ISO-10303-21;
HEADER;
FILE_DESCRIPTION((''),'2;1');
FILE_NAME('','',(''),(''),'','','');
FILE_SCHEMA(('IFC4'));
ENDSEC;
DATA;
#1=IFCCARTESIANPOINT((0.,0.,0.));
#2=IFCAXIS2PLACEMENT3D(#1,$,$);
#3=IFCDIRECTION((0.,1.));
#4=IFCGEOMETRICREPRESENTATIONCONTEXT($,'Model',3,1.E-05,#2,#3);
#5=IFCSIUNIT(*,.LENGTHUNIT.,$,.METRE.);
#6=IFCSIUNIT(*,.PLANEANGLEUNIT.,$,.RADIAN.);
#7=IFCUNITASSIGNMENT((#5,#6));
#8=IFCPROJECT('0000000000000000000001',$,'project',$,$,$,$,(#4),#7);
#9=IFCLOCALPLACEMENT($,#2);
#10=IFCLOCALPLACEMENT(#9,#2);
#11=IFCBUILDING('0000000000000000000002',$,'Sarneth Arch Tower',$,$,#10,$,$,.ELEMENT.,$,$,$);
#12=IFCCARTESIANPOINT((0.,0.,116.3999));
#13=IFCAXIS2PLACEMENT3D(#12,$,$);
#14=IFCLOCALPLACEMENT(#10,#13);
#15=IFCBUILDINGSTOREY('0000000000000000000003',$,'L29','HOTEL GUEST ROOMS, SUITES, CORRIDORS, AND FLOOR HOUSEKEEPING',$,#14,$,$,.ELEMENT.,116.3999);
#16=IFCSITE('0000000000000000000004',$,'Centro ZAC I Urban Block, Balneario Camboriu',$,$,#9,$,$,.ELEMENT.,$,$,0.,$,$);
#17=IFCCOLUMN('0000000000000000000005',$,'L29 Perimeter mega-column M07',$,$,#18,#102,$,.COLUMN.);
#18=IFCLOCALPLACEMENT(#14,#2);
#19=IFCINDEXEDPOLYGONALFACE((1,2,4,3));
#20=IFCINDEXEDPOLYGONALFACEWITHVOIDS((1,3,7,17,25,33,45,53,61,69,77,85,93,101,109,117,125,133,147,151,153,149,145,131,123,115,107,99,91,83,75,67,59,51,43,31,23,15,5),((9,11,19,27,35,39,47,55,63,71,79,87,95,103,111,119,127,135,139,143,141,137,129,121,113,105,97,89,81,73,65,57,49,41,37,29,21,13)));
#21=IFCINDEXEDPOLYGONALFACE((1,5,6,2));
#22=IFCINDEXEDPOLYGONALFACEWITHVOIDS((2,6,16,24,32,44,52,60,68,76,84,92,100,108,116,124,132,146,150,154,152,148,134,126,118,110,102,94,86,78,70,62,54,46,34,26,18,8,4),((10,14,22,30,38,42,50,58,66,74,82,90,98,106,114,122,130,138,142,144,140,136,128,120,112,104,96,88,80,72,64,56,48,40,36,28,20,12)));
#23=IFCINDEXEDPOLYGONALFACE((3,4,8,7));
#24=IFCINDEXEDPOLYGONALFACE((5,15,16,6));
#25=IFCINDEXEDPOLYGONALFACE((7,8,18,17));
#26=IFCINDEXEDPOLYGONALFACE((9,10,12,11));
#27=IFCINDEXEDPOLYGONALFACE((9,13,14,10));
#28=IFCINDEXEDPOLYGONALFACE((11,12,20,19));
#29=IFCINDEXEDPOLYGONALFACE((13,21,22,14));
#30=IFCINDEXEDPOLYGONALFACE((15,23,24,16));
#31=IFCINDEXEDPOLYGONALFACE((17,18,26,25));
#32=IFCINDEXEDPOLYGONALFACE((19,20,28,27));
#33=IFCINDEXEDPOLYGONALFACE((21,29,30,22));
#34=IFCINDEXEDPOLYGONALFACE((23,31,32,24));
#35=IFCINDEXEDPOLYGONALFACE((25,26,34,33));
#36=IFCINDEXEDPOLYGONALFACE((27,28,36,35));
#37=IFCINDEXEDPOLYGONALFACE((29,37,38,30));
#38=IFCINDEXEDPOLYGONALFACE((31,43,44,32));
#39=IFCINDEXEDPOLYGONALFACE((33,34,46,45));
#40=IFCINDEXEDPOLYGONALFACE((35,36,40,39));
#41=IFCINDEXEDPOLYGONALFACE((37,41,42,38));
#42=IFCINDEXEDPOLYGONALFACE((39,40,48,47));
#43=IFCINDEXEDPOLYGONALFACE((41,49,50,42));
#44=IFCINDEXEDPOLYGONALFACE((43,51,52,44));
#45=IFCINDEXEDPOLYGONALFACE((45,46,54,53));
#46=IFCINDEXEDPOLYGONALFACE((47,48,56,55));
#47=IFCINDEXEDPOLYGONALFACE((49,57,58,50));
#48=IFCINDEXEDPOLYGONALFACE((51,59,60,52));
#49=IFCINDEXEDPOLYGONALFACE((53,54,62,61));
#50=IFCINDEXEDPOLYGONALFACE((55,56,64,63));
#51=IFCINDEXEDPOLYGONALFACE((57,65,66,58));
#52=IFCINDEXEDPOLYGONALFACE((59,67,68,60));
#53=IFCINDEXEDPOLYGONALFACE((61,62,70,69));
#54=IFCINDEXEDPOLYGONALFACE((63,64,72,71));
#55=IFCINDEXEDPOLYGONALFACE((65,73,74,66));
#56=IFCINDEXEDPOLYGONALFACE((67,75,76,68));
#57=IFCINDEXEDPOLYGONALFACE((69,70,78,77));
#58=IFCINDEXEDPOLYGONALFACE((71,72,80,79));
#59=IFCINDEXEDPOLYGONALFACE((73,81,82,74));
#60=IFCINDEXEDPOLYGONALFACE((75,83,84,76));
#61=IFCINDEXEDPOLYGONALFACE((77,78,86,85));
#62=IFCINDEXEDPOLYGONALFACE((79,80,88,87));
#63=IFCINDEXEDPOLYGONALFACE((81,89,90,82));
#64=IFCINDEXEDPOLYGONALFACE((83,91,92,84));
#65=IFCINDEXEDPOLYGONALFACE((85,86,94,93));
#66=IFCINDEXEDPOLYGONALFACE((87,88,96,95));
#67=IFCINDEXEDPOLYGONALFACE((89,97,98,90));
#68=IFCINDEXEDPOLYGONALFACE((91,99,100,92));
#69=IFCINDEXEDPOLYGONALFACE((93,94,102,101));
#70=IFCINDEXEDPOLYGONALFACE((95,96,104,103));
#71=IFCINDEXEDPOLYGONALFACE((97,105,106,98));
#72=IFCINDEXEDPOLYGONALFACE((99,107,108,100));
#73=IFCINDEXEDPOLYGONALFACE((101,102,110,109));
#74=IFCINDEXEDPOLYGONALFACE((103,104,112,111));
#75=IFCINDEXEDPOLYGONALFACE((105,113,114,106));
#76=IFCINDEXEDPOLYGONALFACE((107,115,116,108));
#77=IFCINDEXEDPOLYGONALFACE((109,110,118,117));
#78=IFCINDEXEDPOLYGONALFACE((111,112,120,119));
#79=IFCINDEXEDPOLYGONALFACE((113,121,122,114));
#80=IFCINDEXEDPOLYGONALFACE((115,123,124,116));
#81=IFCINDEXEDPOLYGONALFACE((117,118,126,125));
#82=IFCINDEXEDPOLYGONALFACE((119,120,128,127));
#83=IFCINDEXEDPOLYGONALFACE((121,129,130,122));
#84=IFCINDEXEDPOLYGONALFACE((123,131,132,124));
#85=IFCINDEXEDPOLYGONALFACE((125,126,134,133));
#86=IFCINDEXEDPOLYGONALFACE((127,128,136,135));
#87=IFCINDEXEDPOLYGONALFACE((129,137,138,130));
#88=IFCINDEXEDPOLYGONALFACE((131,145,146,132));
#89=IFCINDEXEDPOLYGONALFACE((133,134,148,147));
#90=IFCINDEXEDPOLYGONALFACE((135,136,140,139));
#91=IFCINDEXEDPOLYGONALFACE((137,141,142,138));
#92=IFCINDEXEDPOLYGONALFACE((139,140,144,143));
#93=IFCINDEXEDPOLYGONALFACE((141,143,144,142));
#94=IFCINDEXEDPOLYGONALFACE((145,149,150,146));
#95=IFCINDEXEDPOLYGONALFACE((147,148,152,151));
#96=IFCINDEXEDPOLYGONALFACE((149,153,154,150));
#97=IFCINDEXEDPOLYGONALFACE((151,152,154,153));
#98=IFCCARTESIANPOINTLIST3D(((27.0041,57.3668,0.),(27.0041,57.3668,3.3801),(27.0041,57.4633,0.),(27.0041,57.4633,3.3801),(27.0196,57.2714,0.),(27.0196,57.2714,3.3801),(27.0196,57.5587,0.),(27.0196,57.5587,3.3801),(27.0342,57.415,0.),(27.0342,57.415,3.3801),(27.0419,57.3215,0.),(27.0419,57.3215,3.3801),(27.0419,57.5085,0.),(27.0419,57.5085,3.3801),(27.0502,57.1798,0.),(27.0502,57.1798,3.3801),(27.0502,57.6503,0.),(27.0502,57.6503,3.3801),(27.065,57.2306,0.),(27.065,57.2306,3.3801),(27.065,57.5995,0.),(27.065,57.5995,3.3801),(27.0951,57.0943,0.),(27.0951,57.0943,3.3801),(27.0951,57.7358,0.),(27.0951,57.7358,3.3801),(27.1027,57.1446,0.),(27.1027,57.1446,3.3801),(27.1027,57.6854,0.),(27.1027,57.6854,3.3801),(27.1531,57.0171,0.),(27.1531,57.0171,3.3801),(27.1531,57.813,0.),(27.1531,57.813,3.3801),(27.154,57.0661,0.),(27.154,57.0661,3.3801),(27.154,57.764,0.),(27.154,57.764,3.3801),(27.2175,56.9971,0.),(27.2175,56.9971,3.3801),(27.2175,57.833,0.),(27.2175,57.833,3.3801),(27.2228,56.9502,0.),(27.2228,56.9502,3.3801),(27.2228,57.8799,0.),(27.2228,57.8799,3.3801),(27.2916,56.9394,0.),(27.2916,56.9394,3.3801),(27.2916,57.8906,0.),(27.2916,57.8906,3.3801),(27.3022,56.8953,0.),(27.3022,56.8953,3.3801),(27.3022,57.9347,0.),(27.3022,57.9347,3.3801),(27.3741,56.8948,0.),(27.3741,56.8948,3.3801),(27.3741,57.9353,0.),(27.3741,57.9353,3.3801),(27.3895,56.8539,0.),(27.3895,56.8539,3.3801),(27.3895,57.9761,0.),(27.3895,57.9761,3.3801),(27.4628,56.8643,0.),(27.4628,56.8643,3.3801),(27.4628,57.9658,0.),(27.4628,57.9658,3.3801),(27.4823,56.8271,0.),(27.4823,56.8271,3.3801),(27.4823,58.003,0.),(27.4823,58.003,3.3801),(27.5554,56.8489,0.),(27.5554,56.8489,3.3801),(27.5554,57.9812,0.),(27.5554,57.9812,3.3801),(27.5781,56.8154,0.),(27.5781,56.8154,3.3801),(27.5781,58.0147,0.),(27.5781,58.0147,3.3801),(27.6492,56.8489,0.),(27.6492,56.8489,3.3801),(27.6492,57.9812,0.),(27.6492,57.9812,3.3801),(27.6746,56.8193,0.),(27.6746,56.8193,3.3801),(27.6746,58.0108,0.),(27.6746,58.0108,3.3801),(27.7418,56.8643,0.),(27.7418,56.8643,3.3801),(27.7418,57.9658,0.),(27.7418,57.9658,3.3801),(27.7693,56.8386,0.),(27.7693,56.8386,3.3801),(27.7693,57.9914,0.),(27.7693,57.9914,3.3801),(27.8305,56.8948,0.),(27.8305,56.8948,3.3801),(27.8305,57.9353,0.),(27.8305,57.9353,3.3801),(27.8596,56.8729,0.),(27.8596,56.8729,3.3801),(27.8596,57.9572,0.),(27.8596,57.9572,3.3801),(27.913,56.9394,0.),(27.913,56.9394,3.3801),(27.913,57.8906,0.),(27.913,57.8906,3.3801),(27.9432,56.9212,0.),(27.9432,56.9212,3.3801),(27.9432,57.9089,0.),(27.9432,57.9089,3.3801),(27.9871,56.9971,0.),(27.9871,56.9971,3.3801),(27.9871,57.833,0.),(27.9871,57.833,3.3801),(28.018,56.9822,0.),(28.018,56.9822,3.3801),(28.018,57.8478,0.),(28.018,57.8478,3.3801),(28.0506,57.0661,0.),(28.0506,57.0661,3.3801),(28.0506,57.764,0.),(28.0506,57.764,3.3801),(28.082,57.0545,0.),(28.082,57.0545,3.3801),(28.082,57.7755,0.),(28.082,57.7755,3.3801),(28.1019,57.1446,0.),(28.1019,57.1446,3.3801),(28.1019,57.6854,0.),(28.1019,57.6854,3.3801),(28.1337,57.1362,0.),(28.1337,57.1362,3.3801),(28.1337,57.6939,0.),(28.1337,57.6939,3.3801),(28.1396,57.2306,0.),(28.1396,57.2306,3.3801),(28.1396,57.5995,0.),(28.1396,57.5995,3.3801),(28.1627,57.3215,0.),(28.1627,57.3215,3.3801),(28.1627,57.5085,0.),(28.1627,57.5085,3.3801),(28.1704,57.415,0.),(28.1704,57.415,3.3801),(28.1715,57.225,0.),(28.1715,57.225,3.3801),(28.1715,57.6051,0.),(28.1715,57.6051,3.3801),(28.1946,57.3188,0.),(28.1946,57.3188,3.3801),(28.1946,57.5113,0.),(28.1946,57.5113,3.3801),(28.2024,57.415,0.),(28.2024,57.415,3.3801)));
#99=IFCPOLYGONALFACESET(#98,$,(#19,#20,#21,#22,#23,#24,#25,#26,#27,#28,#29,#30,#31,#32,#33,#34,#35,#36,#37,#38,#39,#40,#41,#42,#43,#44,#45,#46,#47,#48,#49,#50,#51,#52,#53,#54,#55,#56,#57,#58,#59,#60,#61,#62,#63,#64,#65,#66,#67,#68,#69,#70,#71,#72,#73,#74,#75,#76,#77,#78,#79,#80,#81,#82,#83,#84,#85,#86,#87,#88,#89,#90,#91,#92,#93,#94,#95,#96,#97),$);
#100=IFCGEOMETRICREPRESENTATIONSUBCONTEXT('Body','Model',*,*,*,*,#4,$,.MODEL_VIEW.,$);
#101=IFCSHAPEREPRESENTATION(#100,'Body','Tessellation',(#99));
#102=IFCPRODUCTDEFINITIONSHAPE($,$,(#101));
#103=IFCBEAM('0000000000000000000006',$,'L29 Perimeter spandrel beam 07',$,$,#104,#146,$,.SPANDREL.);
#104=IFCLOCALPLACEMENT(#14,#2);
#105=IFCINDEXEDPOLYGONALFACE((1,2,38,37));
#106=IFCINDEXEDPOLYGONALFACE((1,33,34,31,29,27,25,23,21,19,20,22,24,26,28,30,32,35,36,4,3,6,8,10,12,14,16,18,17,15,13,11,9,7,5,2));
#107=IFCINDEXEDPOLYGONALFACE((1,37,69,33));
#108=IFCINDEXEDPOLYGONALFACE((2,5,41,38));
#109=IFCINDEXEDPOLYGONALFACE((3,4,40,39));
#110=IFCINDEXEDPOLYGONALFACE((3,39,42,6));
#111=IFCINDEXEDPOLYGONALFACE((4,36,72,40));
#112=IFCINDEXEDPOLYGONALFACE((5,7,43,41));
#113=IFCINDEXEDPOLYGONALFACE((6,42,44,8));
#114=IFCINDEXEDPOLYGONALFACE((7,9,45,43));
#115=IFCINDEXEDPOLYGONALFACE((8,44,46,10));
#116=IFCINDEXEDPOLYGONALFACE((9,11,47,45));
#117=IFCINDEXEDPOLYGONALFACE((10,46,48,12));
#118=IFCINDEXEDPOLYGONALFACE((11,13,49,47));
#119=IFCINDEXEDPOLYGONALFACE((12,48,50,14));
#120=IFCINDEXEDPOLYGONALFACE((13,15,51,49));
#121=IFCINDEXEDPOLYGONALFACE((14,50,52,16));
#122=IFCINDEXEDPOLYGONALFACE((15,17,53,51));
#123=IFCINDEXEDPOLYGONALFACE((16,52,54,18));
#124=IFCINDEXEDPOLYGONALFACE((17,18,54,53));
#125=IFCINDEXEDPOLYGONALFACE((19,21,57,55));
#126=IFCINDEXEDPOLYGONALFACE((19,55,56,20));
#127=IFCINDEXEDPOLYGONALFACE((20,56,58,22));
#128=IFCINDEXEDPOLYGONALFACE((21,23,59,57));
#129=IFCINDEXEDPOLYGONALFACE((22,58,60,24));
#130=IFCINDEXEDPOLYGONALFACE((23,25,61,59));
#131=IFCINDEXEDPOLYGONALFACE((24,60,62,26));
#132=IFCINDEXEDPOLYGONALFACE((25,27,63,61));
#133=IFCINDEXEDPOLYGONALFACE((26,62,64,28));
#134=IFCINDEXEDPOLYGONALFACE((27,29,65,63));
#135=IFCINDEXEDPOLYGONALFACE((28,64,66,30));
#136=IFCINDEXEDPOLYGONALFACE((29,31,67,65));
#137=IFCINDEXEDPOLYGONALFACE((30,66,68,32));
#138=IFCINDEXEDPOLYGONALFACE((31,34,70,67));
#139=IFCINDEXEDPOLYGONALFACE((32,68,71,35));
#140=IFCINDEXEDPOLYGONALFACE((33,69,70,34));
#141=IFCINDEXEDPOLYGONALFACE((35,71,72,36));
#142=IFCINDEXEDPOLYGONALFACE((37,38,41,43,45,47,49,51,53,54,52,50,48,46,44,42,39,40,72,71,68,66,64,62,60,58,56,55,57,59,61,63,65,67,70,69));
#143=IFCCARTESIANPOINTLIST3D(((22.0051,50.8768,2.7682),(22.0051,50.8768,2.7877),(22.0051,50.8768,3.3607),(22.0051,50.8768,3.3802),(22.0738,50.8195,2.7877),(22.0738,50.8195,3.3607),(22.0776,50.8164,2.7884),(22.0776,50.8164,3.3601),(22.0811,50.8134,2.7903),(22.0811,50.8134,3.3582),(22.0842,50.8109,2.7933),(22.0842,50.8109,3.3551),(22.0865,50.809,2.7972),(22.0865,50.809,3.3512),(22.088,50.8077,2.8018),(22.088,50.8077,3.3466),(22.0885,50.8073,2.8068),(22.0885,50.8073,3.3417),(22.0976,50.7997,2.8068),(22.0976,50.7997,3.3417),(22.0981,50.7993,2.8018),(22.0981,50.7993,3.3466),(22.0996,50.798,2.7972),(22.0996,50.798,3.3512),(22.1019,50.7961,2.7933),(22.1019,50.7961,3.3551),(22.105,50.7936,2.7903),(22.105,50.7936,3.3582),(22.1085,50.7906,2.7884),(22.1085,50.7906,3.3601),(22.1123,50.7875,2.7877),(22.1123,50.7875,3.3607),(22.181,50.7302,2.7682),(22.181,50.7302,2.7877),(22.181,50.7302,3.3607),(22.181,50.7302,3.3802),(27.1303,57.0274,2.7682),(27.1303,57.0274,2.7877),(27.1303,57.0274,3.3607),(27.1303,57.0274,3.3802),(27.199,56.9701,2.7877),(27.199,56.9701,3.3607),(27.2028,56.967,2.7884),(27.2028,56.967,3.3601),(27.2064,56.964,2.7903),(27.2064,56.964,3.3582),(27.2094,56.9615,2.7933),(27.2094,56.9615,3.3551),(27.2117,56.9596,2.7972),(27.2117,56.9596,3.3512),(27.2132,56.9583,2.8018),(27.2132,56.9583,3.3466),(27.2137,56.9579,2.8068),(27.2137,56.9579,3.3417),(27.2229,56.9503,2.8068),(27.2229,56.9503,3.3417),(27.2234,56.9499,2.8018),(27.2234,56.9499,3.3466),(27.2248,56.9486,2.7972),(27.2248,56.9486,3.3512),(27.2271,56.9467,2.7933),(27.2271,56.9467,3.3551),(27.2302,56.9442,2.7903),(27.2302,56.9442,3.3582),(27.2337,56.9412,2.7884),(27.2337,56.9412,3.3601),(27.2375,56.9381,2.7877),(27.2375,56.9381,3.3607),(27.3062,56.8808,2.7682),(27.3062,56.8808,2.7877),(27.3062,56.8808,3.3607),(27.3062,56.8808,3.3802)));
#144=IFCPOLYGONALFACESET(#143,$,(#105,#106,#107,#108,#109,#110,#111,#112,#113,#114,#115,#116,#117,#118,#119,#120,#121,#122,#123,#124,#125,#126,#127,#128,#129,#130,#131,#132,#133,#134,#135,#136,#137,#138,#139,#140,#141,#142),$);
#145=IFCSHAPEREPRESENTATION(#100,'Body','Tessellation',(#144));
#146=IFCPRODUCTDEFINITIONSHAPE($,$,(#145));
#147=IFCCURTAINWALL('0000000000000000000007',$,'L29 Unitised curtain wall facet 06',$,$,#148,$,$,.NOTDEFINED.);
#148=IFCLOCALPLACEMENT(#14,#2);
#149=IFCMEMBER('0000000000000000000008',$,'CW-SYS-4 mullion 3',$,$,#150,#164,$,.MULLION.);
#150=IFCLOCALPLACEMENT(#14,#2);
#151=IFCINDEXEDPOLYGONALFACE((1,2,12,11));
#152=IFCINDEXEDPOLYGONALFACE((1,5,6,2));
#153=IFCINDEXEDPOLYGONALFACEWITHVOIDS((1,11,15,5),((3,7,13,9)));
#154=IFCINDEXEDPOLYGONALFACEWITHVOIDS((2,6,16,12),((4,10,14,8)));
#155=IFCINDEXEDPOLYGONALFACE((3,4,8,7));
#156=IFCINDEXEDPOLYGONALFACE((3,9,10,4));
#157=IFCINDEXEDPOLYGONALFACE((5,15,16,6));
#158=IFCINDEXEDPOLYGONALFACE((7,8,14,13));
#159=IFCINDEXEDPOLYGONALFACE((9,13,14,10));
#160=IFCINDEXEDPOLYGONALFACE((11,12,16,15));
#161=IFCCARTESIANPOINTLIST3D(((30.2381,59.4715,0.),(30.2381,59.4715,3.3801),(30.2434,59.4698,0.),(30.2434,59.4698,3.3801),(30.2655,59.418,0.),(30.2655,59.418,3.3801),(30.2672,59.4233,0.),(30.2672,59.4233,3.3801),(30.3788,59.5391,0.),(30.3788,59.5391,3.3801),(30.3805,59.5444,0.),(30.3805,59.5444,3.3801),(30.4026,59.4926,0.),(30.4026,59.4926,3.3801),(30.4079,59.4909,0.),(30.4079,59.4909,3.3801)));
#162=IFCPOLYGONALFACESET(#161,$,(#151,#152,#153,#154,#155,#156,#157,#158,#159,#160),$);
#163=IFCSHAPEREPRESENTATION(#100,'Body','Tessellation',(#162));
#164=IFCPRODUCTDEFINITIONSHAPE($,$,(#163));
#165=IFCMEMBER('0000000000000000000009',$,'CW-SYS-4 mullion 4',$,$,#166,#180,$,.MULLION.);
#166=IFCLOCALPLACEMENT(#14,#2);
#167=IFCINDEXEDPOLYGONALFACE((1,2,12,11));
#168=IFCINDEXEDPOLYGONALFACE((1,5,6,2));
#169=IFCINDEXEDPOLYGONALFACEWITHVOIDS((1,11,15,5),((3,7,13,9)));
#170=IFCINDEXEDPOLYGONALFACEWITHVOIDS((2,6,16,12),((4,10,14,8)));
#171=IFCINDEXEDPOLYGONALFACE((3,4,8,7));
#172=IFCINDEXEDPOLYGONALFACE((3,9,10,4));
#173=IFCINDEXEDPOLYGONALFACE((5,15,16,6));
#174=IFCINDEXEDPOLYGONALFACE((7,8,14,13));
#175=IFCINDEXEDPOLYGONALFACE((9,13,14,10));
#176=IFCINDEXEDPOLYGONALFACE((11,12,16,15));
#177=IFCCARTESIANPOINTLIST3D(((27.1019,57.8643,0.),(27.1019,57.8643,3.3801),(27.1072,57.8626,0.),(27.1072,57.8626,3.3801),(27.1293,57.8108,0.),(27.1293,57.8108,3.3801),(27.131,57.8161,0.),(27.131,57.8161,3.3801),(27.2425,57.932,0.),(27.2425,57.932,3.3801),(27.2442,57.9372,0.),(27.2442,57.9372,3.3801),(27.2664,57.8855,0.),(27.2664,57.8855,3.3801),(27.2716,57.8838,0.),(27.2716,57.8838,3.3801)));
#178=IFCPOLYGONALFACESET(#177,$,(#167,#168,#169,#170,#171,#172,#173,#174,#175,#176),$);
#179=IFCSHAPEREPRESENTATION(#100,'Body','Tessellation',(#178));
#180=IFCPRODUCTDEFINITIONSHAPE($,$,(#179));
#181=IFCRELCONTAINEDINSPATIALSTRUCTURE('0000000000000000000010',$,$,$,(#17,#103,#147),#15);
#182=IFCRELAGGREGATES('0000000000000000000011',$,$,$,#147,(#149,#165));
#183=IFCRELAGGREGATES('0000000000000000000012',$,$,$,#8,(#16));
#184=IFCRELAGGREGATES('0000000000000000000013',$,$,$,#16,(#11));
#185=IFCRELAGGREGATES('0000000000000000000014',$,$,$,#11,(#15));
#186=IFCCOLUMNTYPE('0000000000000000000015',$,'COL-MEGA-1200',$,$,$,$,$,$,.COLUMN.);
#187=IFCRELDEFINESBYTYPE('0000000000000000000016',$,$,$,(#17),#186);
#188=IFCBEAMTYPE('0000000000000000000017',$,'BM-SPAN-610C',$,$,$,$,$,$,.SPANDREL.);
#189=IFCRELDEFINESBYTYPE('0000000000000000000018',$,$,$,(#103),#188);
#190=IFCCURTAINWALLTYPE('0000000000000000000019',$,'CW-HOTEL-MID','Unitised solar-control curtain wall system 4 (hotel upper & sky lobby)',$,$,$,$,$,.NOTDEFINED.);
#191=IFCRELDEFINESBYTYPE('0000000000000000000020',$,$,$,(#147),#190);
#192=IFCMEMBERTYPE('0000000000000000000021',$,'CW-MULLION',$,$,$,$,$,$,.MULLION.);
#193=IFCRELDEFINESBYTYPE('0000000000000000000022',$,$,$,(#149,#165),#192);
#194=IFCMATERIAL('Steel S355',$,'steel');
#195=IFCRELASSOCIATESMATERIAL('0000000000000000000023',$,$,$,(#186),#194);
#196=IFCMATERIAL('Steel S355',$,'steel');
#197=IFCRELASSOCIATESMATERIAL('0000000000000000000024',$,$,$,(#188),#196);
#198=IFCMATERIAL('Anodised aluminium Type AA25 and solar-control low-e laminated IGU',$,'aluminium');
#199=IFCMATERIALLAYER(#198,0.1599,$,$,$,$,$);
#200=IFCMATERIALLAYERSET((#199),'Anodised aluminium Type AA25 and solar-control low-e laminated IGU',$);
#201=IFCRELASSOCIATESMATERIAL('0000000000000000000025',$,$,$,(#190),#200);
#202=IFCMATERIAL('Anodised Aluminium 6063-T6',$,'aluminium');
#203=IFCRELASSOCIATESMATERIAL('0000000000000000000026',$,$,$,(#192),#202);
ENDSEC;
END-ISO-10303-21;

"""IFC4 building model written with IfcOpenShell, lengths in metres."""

from ifc_helpers import new_model, si_unit, direction, frame, origin, origin_2d, place, context, subcontext, project, spatial, hollow_rectangle, hollow_circle, i_section, extrude, material, layer, layer_set, material_profile, profile_set, type_object, element, aggregate, save


model = new_model("IFC4")

# Units and contexts
model_context = context("Model", 3, precision=1e-05, world=origin(), true_north=direction((0.0, 1.0)))
body_context = subcontext(model_context, "Body", "Model", "MODEL_VIEW")
ifc_project = project(units=[si_unit("LENGTHUNIT", "METRE"), si_unit("PLANEANGLEUNIT", "RADIAN")], contexts=[model_context])

# Site, building, storey
site_placement = place(None, origin())
site = spatial("IfcSite", under=ifc_project, at=site_placement, Name="Centro ZAC I Urban Block, Balneario Camboriu", CompositionType="ELEMENT", RefElevation=0.0)
building_placement = place(site_placement, origin())
building = spatial("IfcBuilding", under=site, at=building_placement, Name="Sarneth Arch Tower", CompositionType="ELEMENT")
storey_placement = place(building_placement, frame((0.0, 0.0, 116.3999)))
storey = spatial("IfcBuildingStorey", under=building, at=storey_placement, Name="L29", Description="HOTEL GUEST ROOMS, SUITES, CORRIDORS, AND FLOOR HOUSEKEEPING", CompositionType="ELEMENT", Elevation=116.3999)

# Column
ifc_material_1 = material(Name="Steel S355", Category="steel")
ifc_material_profile_1 = material_profile(ifc_material_1, hollow_circle(Radius=0.6001, WallThickness=0.032, at=origin_2d()), Name="CHS1200x32")
ifc_profile_set_1 = profile_set([ifc_material_profile_1], Name="Steel S355")
column_type = type_object("IfcColumnType", Name="COL-MEGA-1200", PredefinedType="COLUMN", material=ifc_profile_set_1)
column_placement = place(storey_placement, frame((27.6023, 57.415, 0.0), z_axis=(0.0, 0.0, 1.0), x_axis=(1.0, 0.0, 0.0)))
element("IfcColumn", 1, at=column_placement, inside=storey, type_object=column_type, Name="L29 Perimeter mega-column M07", PredefinedType="COLUMN", context=body_context, shape_type="SweptSolid", body=[
    extrude(hollow_circle(Radius=0.6001, WallThickness=0.032, at=origin_2d()), origin(), (0.0, 0.0, 1.0), 3.3801),
])

# Beam
ifc_material_2 = material(Name="Steel S355", Category="steel")
ifc_material_profile_2 = material_profile(ifc_material_2, i_section(OverallWidth=0.229, OverallDepth=0.6121, WebThickness=0.012, FlangeThickness=0.0195, FilletRadius=0.019, at=origin_2d()), Name="W610x125")
ifc_profile_set_2 = profile_set([ifc_material_profile_2], Name="Steel S355")
beam_type = type_object("IfcBeamType", Name="BM-SPAN-610C", PredefinedType="SPANDREL", material=ifc_profile_set_2)
beam_placement = place(storey_placement, frame((27.2183, 56.9541, 3.0742), z_axis=(-0.640163, -0.768239, 0.0), x_axis=(0.768239, -0.640163, 0.0)))
element("IfcBeam", 2, at=beam_placement, inside=storey, type_object=beam_type, Name="L29 Perimeter spandrel beam 07", PredefinedType="SPANDREL", context=body_context, shape_type="SweptSolid", body=[
    extrude(i_section(OverallWidth=0.229, OverallDepth=0.6121, WebThickness=0.012, FlangeThickness=0.0195, FilletRadius=0.019, at=origin_2d()), origin(), (0.0, 0.0, 1.0), 8.0061),
])

# Curtain wall, members
ifc_material_3 = material(Name="Anodised aluminium Type AA25 and solar-control low-e laminated IGU", Category="aluminium")
ifc_layer_1 = layer(ifc_material_3, 0.1599)
ifc_layer_set_1 = layer_set([ifc_layer_1], Name="Anodised aluminium Type AA25 and solar-control low-e laminated IGU")
curtain_wall_type = type_object("IfcCurtainWallType", Name="CW-HOTEL-MID", Description="Unitised solar-control curtain wall system 4 (hotel upper & sky lobby)", PredefinedType="NOTDEFINED", material=ifc_layer_set_1)
curtain_wall_placement = place(storey_placement, origin())
curtain_wall = element("IfcCurtainWall", 3, at=curtain_wall_placement, inside=storey, type_object=curtain_wall_type, Name="L29 Unitised curtain wall facet 06", PredefinedType="NOTDEFINED")
ifc_material_4 = material(Name="Anodised Aluminium 6063-T6", Category="aluminium")
ifc_material_profile_3 = material_profile(ifc_material_4, hollow_rectangle(XDim=0.0601, YDim=0.1599, WallThickness=0.0039, at=origin_2d()), Name="AL-MULL-160x60x4")
ifc_profile_set_3 = profile_set([ifc_material_profile_3], Name="Anodised Aluminium 6063-T6")
member_type_1 = type_object("IfcMemberType", Name="CW-MULLION", PredefinedType="MULLION", material=ifc_profile_set_3)
member_1_placement = place(storey_placement, frame((30.323, 59.4812, 0.0), z_axis=(0.0, 0.0, 1.0), x_axis=(0.456031, -0.889964, 0.0)))
member_1 = element("IfcMember", 4, at=member_1_placement, type_object=member_type_1, Name="CW-SYS-4 mullion 3", PredefinedType="MULLION", context=body_context, shape_type="SweptSolid", body=[
    extrude(hollow_rectangle(XDim=0.0601, YDim=0.1599, WallThickness=0.0039, at=origin_2d()), origin(), (0.0, 0.0, 1.0), 3.3801),
])
member_2_placement = place(storey_placement, frame((27.1868, 57.874, 0.0), z_axis=(0.0, 0.0, 1.0), x_axis=(0.456031, -0.889964, 0.0)))
member_2 = element("IfcMember", 5, at=member_2_placement, type_object=member_type_1, Name="CW-SYS-4 mullion 4", PredefinedType="MULLION", context=body_context, shape_type="SweptSolid", body=[
    extrude(hollow_rectangle(XDim=0.0601, YDim=0.1599, WallThickness=0.0039, at=origin_2d()), origin(), (0.0, 0.0, 1.0), 3.3801),
])

aggregate(curtain_wall, [member_1, member_2])

save(model, "model.ifc")
